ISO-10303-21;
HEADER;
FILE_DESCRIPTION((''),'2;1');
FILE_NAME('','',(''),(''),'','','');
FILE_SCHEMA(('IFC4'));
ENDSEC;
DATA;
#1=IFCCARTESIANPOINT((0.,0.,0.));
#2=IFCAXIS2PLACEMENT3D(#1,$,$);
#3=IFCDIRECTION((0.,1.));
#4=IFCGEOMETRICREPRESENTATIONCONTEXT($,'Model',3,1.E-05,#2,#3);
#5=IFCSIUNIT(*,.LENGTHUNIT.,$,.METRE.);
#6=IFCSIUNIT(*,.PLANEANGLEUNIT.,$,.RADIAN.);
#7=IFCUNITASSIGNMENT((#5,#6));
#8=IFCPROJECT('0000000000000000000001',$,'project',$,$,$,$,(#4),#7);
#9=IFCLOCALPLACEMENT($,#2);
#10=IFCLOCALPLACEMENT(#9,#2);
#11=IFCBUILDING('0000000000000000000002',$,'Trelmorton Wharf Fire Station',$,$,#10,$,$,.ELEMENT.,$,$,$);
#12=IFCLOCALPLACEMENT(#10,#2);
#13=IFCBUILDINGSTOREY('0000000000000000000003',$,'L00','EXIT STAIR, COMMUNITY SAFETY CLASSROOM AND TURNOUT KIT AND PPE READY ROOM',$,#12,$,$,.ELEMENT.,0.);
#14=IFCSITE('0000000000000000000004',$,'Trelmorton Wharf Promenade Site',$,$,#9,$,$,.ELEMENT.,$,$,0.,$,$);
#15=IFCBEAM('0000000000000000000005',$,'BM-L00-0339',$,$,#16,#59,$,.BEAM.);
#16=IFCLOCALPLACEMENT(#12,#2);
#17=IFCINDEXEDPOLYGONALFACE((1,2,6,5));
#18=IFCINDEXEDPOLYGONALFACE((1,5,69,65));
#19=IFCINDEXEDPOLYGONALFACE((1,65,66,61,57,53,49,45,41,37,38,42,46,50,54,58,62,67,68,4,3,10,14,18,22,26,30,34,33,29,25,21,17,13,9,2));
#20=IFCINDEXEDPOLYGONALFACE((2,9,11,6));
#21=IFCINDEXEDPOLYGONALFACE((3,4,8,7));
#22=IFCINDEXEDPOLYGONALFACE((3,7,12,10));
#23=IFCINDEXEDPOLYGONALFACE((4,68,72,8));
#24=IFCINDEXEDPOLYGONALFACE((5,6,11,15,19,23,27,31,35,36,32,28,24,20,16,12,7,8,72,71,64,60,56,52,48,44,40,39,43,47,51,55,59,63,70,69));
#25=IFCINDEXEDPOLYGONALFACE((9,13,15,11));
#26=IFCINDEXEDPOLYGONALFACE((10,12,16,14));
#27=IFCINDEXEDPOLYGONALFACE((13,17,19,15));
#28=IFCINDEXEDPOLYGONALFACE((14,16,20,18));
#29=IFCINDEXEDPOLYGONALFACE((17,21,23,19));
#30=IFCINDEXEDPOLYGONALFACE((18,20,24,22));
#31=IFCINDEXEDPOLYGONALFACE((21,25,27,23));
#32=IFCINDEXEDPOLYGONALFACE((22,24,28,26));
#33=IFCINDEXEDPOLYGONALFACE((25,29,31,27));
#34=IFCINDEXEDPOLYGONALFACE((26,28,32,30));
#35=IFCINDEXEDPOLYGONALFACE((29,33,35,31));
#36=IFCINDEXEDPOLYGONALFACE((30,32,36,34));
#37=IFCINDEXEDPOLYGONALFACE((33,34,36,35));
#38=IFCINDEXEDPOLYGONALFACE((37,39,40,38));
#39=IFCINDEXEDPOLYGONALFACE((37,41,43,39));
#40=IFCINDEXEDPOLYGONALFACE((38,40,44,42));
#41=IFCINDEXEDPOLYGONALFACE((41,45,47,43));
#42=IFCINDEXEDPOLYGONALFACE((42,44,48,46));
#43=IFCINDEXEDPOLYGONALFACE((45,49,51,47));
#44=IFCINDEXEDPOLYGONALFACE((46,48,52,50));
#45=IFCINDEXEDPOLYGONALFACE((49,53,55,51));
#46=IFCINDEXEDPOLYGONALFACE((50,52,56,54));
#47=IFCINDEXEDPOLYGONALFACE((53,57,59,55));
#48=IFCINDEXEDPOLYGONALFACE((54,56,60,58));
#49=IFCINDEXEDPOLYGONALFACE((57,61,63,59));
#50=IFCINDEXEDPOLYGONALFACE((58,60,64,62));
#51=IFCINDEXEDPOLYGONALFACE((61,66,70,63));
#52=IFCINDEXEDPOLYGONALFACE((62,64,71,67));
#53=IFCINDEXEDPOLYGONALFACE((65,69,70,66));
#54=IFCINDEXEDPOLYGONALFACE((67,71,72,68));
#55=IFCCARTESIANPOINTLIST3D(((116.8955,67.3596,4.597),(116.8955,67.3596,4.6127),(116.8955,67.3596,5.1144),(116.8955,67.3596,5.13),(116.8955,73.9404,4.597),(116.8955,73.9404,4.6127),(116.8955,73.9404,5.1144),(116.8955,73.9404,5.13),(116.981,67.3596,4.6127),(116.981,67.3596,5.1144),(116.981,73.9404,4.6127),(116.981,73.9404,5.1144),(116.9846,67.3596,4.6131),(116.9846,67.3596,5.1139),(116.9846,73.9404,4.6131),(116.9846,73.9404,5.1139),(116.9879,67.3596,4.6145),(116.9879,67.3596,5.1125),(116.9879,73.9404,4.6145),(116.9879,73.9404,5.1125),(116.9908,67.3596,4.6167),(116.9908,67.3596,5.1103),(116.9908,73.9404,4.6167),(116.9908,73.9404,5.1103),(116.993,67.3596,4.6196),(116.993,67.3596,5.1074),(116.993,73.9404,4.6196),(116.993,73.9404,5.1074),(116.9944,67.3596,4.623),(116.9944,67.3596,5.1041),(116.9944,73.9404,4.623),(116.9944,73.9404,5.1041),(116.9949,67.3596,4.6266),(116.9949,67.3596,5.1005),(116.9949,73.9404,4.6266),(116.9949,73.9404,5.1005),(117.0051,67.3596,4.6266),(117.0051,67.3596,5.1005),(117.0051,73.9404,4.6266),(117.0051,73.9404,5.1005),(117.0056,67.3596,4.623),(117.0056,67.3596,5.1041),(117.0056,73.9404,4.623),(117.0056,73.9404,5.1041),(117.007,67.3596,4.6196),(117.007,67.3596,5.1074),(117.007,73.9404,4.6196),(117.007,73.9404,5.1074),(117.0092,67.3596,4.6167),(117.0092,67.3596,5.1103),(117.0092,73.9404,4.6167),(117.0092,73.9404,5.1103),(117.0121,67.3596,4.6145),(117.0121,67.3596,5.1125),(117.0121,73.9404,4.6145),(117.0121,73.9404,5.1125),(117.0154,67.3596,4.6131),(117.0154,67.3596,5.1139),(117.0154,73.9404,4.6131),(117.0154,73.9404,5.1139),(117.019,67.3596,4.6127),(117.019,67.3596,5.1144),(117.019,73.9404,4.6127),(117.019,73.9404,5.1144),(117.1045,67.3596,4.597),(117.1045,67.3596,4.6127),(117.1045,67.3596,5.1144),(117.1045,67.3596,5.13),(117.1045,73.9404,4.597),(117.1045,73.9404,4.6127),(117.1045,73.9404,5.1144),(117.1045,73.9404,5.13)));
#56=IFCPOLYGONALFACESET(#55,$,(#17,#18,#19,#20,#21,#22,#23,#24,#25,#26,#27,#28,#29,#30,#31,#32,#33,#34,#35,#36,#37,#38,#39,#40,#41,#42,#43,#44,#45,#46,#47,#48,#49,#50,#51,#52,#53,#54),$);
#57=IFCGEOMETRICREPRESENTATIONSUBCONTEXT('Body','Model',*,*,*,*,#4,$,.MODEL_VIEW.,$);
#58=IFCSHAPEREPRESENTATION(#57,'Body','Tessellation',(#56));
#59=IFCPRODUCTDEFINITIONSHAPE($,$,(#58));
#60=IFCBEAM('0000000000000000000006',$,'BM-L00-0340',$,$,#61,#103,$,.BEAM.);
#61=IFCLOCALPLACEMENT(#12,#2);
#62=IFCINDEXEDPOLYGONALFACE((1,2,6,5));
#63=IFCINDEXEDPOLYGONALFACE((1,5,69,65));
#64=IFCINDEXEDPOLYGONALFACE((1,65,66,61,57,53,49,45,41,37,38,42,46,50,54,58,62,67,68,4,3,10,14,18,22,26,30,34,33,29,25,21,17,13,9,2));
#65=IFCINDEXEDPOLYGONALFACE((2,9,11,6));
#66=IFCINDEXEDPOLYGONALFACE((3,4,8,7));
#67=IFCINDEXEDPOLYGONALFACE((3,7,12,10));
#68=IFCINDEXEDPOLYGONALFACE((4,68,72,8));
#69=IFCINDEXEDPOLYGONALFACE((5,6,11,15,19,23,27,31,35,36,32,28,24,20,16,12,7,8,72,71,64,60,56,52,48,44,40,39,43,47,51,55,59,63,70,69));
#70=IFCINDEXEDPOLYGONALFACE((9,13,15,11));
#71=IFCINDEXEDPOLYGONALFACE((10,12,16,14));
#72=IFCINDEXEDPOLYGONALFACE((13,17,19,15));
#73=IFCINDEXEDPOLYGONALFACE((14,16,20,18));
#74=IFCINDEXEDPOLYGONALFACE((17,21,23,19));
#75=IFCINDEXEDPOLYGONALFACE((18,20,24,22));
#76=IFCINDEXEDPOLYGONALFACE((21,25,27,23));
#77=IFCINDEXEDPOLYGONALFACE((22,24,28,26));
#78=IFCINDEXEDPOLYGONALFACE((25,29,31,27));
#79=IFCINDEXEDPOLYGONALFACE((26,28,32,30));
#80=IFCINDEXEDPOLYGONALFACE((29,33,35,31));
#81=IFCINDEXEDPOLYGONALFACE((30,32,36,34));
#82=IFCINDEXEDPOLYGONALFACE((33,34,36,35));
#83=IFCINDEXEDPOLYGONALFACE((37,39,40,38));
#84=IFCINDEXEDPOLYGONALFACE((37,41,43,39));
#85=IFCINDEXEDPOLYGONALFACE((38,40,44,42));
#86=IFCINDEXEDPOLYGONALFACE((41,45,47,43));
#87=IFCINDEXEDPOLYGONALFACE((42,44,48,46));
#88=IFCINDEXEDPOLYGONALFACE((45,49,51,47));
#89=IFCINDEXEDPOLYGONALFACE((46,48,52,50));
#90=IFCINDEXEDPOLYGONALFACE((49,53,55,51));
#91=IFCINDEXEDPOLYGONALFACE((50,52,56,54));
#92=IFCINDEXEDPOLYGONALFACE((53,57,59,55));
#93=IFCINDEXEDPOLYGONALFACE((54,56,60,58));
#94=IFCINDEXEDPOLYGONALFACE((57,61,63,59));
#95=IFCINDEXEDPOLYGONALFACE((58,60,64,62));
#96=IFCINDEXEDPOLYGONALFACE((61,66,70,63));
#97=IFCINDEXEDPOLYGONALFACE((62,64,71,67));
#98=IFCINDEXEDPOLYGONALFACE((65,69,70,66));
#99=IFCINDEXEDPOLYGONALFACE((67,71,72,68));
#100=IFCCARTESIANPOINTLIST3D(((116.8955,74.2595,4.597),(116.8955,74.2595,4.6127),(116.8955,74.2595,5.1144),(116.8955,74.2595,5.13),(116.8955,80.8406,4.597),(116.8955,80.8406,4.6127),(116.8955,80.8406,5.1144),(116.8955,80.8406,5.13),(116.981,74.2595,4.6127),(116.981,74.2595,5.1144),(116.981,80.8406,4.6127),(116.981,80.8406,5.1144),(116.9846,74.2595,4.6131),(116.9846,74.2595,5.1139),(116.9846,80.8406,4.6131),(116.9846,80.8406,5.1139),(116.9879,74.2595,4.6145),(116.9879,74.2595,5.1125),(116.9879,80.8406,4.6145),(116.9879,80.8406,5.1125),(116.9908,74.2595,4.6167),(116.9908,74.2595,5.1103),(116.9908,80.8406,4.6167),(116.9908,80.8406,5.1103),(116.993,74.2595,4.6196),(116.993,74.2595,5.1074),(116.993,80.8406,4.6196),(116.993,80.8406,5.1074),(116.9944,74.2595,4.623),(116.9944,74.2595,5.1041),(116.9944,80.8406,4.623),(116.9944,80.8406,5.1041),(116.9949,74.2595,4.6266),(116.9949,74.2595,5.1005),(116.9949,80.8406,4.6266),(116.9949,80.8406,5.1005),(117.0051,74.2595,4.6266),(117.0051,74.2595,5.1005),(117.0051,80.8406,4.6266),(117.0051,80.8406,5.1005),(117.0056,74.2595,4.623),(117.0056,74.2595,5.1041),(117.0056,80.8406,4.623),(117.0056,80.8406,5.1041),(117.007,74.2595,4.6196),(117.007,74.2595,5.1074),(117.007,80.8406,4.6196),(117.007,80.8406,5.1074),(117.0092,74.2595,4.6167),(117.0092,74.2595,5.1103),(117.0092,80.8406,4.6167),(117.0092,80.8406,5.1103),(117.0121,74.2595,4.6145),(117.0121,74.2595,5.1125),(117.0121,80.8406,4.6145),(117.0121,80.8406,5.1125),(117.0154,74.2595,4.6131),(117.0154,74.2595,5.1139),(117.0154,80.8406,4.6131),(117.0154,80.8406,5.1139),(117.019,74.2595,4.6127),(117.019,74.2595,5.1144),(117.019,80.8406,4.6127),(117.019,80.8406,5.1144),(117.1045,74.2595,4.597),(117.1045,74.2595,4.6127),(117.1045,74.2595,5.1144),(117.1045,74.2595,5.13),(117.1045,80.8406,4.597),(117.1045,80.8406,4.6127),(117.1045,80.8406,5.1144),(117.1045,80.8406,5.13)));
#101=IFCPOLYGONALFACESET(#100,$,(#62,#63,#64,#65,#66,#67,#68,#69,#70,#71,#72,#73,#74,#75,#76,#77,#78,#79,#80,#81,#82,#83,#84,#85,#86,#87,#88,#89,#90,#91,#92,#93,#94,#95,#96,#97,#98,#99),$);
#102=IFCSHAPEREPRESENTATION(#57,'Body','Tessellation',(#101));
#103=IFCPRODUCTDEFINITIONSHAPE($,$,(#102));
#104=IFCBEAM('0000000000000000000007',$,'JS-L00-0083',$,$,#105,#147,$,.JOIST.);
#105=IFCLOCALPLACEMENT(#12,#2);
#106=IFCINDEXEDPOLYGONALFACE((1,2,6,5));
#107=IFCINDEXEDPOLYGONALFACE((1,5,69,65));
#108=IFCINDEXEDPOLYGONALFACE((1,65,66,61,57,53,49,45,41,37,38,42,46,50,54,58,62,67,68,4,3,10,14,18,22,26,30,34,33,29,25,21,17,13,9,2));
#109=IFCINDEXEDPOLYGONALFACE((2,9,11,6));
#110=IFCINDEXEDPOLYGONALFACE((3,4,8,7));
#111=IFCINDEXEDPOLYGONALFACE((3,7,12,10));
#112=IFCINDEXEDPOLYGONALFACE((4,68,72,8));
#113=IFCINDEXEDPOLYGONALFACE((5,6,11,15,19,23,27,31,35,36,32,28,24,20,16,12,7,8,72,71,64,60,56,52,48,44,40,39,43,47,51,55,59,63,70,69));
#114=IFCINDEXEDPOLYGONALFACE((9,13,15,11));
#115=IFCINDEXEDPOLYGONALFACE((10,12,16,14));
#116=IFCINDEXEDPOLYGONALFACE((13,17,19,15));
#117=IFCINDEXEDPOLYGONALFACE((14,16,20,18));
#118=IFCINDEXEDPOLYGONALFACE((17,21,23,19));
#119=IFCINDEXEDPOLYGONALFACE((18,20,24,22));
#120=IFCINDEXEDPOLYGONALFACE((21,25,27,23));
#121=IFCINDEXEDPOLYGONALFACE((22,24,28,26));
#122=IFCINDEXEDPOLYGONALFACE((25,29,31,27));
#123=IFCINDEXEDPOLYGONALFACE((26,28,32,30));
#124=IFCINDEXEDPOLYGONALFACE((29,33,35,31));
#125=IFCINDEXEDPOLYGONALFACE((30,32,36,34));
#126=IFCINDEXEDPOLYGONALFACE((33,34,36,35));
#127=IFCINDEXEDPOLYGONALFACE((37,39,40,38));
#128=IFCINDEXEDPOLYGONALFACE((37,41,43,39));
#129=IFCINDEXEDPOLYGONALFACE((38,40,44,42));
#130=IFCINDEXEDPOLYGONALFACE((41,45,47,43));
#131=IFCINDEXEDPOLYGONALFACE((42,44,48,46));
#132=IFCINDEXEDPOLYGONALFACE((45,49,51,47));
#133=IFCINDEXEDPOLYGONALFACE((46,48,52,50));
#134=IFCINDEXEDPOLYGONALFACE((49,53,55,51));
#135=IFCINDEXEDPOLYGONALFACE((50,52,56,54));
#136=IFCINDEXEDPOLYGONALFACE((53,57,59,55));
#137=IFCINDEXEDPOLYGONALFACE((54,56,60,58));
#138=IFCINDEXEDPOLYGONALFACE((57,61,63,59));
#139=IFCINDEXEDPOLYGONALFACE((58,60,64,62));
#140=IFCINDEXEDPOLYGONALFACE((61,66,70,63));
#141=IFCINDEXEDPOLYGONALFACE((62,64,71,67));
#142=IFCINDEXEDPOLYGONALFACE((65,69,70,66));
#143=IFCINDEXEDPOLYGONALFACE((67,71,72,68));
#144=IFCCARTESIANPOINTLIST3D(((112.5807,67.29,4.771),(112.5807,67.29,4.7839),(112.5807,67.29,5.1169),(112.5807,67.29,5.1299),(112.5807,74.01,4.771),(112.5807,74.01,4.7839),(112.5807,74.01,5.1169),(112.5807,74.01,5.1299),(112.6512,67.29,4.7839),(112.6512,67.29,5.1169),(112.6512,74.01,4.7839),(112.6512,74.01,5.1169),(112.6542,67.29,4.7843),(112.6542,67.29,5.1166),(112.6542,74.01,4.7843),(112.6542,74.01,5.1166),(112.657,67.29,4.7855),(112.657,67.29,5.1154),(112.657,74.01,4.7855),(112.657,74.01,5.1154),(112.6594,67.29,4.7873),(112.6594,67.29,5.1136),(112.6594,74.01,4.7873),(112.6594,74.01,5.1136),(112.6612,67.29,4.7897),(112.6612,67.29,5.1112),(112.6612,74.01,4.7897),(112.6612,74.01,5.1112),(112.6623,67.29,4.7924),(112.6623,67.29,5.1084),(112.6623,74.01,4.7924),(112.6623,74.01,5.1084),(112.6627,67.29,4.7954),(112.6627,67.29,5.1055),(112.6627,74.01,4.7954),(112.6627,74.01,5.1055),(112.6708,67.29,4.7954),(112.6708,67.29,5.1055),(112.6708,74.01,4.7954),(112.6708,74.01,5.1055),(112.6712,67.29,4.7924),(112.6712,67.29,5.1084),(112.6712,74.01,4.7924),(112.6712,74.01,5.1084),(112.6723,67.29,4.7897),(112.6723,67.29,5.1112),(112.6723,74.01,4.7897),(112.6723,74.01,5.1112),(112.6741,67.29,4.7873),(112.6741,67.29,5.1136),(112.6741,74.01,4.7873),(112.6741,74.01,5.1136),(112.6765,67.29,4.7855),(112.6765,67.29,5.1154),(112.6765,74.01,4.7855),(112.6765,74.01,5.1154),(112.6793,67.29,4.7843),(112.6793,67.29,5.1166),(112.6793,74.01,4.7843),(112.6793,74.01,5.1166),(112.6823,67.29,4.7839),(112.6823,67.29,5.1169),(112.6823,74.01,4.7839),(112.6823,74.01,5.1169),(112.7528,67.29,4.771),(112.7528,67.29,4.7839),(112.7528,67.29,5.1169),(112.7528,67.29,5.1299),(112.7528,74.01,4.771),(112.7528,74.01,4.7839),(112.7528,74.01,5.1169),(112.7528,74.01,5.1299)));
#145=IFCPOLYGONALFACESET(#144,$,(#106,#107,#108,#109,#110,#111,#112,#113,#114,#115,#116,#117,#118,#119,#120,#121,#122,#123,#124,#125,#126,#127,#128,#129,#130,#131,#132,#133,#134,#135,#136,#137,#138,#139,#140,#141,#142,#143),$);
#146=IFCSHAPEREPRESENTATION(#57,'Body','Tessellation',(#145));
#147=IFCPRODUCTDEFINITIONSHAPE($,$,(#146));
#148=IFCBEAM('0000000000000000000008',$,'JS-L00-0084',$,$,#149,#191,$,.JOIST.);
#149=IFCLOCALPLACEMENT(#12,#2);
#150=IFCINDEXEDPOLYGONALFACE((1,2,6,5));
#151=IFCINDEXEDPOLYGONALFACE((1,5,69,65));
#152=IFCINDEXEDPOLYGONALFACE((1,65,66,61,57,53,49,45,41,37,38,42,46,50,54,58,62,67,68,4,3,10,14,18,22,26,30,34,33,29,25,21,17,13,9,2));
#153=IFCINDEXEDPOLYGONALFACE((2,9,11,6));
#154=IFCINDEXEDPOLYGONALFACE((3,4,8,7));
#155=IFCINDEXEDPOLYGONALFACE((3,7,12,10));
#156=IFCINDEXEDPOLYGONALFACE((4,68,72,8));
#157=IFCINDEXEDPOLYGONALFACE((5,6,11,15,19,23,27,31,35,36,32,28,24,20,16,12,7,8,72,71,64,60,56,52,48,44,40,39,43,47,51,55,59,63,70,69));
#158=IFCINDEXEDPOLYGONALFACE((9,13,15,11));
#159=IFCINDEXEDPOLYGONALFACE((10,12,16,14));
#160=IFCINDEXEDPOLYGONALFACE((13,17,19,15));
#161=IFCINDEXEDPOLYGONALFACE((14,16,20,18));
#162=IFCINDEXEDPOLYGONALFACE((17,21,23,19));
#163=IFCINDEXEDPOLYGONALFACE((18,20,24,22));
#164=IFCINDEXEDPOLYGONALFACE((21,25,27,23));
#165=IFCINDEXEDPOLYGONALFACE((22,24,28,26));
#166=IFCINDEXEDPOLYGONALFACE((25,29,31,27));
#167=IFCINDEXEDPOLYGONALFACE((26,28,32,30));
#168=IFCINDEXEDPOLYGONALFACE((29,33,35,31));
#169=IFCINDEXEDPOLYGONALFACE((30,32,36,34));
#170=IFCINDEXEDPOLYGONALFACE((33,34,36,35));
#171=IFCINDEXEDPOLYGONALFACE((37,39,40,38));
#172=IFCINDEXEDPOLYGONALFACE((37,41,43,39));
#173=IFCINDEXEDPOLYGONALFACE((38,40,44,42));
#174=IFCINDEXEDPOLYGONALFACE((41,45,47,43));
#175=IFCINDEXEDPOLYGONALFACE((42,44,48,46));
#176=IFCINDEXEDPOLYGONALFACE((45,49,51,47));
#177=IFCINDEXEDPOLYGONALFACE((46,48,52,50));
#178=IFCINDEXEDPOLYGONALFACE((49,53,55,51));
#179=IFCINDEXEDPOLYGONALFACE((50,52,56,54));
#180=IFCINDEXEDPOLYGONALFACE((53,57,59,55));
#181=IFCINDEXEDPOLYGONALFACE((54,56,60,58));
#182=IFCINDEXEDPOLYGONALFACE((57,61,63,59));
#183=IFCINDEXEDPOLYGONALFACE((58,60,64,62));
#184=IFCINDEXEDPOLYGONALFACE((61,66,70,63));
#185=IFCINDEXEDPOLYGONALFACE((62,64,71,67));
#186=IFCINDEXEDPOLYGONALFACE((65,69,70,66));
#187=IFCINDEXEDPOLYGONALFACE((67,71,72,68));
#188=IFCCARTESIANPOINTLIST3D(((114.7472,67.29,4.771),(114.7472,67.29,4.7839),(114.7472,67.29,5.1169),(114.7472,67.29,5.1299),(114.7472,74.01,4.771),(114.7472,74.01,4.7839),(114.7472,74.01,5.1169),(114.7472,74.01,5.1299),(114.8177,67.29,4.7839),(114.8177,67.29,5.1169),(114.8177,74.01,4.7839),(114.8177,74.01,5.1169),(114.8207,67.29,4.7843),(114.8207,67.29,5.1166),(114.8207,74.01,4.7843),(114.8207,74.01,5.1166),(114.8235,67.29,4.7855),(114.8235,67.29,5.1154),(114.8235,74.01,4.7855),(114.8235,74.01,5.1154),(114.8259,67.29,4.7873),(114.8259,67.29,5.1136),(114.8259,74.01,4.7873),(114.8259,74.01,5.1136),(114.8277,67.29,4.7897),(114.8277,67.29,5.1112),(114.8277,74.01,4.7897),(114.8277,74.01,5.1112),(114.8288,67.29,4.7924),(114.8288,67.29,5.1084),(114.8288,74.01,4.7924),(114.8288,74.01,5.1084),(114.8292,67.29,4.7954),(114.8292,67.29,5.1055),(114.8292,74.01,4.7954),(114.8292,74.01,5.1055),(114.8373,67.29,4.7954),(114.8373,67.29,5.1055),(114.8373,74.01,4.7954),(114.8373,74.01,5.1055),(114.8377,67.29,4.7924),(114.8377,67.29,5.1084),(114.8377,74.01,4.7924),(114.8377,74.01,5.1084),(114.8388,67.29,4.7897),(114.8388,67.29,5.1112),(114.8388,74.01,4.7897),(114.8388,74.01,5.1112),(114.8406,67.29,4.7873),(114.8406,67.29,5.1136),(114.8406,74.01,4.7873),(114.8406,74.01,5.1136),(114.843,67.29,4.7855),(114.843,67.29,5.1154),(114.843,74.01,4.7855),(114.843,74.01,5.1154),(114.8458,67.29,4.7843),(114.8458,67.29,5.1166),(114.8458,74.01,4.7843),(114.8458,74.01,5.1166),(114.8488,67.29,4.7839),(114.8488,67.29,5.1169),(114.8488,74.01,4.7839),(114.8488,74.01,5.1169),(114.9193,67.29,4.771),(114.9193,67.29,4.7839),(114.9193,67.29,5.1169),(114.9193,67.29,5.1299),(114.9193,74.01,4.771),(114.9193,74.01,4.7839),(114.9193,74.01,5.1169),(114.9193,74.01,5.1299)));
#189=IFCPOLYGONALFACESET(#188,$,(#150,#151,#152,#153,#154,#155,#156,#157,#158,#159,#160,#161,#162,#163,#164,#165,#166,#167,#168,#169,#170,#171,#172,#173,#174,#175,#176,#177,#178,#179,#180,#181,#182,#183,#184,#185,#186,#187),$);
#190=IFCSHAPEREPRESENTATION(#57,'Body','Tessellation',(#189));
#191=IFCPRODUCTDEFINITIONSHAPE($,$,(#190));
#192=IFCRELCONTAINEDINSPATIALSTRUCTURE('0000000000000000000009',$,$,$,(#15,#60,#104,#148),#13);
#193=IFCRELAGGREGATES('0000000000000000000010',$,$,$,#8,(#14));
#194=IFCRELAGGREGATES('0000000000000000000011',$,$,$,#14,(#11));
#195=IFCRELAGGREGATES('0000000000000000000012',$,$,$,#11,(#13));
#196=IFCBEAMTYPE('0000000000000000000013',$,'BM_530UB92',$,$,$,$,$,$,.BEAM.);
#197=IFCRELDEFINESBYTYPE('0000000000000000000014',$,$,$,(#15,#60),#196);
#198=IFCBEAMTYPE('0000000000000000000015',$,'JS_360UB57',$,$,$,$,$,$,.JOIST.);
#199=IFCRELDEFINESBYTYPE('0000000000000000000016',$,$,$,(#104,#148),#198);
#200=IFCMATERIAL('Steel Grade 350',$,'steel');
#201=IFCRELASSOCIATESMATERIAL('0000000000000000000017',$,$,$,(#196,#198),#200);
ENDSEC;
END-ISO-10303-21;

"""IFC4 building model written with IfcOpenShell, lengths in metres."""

from ifc_helpers import new_model, si_unit, direction, frame, origin, origin_2d, place, context, subcontext, project, spatial, i_section, extrude, material, material_profile, profile_set, type_object, element, save


model = new_model("IFC4")

# Units and contexts
model_context = context("Model", 3, precision=1e-05, world=origin(), true_north=direction((0.0, 1.0)))
body_context = subcontext(model_context, "Body", "Model", "MODEL_VIEW")
ifc_project = project(units=[si_unit("LENGTHUNIT", "METRE"), si_unit("PLANEANGLEUNIT", "RADIAN")], contexts=[model_context])

# Site, building, storey
site_placement = place(None, origin())
site = spatial("IfcSite", under=ifc_project, at=site_placement, Name="Trelmorton Wharf Promenade Site", CompositionType="ELEMENT", RefElevation=0.0)
building_placement = place(site_placement, origin())
building = spatial("IfcBuilding", under=site, at=building_placement, Name="Trelmorton Wharf Fire Station", CompositionType="ELEMENT")
storey_placement = place(building_placement, origin())
storey = spatial("IfcBuildingStorey", under=building, at=storey_placement, Name="L00", Description="EXIT STAIR, COMMUNITY SAFETY CLASSROOM AND TURNOUT KIT AND PPE READY ROOM", CompositionType="ELEMENT", Elevation=0.0)

# Shared definitions
ifc_material_1 = material(Name="Steel Grade 350", Category="steel")

# Beams
ifc_material_profile_1 = material_profile(ifc_material_1, i_section(OverallWidth=0.209, OverallDepth=0.533, WebThickness=0.0103, FlangeThickness=0.0156, FilletRadius=0.0139, at=origin_2d()), Name="530UB92.4")
ifc_profile_set_1 = profile_set([ifc_material_profile_1], Name="Steel Grade 350")
beam_type_1 = type_object("IfcBeamType", Name="BM_530UB92", PredefinedType="BEAM", material=ifc_profile_set_1)
beam_1_placement = place(storey_placement, frame((117.0, 67.3596, 4.8635), z_axis=(0.0, 1.0, 0.0), x_axis=(-1.0, 0.0, 0.0)))
element("IfcBeam", 1, at=beam_1_placement, inside=storey, type_object=beam_type_1, Name="BM-L00-0339", PredefinedType="BEAM", context=body_context, shape_type="SweptSolid", body=[
    extrude(i_section(OverallWidth=0.209, OverallDepth=0.533, WebThickness=0.0103, FlangeThickness=0.0156, FilletRadius=0.0139, at=origin_2d()), origin(), (0.0, 0.0, 1.0), 6.5808),
])
beam_2_placement = place(storey_placement, frame((117.0, 74.2595, 4.8635), z_axis=(0.0, 1.0, 0.0), x_axis=(-1.0, 0.0, 0.0)))
element("IfcBeam", 2, at=beam_2_placement, inside=storey, type_object=beam_type_1, Name="BM-L00-0340", PredefinedType="BEAM", context=body_context, shape_type="SweptSolid", body=[
    extrude(i_section(OverallWidth=0.209, OverallDepth=0.533, WebThickness=0.0103, FlangeThickness=0.0156, FilletRadius=0.0139, at=origin_2d()), origin(), (0.0, 0.0, 1.0), 6.5811),
])
ifc_material_profile_2 = material_profile(ifc_material_1, i_section(OverallWidth=0.1721, OverallDepth=0.3589, WebThickness=0.0081, FlangeThickness=0.0129, FilletRadius=0.0115, at=origin_2d()), Name="360UB56.7")
ifc_profile_set_2 = profile_set([ifc_material_profile_2], Name="Steel Grade 350")
beam_type_2 = type_object("IfcBeamType", Name="JS_360UB57", PredefinedType="JOIST", material=ifc_profile_set_2)
for number, where, z_axis, x_axis, name in (
    (3, (112.6667, 67.29, 4.9504), (0.0, 1.0, 0.0), (-1.0, 0.0, 0.0), "JS-L00-0083"),
    (4, (114.8333, 67.29, 4.9504), (0.0, 1.0, 0.0), (-1.0, 0.0, 0.0), "JS-L00-0084"),
):
    element("IfcBeam", number, at=place(storey_placement, frame(where, z_axis=z_axis, x_axis=x_axis)), inside=storey, type_object=beam_type_2, Name=name, PredefinedType="JOIST", context=body_context, shape_type="SweptSolid", body=[
        extrude(i_section(OverallWidth=0.1721, OverallDepth=0.3589, WebThickness=0.0081, FlangeThickness=0.0129, FilletRadius=0.0115, at=origin_2d()), origin(), (0.0, 0.0, 1.0), 6.72),
    ])

save(model, "model.ifc")
